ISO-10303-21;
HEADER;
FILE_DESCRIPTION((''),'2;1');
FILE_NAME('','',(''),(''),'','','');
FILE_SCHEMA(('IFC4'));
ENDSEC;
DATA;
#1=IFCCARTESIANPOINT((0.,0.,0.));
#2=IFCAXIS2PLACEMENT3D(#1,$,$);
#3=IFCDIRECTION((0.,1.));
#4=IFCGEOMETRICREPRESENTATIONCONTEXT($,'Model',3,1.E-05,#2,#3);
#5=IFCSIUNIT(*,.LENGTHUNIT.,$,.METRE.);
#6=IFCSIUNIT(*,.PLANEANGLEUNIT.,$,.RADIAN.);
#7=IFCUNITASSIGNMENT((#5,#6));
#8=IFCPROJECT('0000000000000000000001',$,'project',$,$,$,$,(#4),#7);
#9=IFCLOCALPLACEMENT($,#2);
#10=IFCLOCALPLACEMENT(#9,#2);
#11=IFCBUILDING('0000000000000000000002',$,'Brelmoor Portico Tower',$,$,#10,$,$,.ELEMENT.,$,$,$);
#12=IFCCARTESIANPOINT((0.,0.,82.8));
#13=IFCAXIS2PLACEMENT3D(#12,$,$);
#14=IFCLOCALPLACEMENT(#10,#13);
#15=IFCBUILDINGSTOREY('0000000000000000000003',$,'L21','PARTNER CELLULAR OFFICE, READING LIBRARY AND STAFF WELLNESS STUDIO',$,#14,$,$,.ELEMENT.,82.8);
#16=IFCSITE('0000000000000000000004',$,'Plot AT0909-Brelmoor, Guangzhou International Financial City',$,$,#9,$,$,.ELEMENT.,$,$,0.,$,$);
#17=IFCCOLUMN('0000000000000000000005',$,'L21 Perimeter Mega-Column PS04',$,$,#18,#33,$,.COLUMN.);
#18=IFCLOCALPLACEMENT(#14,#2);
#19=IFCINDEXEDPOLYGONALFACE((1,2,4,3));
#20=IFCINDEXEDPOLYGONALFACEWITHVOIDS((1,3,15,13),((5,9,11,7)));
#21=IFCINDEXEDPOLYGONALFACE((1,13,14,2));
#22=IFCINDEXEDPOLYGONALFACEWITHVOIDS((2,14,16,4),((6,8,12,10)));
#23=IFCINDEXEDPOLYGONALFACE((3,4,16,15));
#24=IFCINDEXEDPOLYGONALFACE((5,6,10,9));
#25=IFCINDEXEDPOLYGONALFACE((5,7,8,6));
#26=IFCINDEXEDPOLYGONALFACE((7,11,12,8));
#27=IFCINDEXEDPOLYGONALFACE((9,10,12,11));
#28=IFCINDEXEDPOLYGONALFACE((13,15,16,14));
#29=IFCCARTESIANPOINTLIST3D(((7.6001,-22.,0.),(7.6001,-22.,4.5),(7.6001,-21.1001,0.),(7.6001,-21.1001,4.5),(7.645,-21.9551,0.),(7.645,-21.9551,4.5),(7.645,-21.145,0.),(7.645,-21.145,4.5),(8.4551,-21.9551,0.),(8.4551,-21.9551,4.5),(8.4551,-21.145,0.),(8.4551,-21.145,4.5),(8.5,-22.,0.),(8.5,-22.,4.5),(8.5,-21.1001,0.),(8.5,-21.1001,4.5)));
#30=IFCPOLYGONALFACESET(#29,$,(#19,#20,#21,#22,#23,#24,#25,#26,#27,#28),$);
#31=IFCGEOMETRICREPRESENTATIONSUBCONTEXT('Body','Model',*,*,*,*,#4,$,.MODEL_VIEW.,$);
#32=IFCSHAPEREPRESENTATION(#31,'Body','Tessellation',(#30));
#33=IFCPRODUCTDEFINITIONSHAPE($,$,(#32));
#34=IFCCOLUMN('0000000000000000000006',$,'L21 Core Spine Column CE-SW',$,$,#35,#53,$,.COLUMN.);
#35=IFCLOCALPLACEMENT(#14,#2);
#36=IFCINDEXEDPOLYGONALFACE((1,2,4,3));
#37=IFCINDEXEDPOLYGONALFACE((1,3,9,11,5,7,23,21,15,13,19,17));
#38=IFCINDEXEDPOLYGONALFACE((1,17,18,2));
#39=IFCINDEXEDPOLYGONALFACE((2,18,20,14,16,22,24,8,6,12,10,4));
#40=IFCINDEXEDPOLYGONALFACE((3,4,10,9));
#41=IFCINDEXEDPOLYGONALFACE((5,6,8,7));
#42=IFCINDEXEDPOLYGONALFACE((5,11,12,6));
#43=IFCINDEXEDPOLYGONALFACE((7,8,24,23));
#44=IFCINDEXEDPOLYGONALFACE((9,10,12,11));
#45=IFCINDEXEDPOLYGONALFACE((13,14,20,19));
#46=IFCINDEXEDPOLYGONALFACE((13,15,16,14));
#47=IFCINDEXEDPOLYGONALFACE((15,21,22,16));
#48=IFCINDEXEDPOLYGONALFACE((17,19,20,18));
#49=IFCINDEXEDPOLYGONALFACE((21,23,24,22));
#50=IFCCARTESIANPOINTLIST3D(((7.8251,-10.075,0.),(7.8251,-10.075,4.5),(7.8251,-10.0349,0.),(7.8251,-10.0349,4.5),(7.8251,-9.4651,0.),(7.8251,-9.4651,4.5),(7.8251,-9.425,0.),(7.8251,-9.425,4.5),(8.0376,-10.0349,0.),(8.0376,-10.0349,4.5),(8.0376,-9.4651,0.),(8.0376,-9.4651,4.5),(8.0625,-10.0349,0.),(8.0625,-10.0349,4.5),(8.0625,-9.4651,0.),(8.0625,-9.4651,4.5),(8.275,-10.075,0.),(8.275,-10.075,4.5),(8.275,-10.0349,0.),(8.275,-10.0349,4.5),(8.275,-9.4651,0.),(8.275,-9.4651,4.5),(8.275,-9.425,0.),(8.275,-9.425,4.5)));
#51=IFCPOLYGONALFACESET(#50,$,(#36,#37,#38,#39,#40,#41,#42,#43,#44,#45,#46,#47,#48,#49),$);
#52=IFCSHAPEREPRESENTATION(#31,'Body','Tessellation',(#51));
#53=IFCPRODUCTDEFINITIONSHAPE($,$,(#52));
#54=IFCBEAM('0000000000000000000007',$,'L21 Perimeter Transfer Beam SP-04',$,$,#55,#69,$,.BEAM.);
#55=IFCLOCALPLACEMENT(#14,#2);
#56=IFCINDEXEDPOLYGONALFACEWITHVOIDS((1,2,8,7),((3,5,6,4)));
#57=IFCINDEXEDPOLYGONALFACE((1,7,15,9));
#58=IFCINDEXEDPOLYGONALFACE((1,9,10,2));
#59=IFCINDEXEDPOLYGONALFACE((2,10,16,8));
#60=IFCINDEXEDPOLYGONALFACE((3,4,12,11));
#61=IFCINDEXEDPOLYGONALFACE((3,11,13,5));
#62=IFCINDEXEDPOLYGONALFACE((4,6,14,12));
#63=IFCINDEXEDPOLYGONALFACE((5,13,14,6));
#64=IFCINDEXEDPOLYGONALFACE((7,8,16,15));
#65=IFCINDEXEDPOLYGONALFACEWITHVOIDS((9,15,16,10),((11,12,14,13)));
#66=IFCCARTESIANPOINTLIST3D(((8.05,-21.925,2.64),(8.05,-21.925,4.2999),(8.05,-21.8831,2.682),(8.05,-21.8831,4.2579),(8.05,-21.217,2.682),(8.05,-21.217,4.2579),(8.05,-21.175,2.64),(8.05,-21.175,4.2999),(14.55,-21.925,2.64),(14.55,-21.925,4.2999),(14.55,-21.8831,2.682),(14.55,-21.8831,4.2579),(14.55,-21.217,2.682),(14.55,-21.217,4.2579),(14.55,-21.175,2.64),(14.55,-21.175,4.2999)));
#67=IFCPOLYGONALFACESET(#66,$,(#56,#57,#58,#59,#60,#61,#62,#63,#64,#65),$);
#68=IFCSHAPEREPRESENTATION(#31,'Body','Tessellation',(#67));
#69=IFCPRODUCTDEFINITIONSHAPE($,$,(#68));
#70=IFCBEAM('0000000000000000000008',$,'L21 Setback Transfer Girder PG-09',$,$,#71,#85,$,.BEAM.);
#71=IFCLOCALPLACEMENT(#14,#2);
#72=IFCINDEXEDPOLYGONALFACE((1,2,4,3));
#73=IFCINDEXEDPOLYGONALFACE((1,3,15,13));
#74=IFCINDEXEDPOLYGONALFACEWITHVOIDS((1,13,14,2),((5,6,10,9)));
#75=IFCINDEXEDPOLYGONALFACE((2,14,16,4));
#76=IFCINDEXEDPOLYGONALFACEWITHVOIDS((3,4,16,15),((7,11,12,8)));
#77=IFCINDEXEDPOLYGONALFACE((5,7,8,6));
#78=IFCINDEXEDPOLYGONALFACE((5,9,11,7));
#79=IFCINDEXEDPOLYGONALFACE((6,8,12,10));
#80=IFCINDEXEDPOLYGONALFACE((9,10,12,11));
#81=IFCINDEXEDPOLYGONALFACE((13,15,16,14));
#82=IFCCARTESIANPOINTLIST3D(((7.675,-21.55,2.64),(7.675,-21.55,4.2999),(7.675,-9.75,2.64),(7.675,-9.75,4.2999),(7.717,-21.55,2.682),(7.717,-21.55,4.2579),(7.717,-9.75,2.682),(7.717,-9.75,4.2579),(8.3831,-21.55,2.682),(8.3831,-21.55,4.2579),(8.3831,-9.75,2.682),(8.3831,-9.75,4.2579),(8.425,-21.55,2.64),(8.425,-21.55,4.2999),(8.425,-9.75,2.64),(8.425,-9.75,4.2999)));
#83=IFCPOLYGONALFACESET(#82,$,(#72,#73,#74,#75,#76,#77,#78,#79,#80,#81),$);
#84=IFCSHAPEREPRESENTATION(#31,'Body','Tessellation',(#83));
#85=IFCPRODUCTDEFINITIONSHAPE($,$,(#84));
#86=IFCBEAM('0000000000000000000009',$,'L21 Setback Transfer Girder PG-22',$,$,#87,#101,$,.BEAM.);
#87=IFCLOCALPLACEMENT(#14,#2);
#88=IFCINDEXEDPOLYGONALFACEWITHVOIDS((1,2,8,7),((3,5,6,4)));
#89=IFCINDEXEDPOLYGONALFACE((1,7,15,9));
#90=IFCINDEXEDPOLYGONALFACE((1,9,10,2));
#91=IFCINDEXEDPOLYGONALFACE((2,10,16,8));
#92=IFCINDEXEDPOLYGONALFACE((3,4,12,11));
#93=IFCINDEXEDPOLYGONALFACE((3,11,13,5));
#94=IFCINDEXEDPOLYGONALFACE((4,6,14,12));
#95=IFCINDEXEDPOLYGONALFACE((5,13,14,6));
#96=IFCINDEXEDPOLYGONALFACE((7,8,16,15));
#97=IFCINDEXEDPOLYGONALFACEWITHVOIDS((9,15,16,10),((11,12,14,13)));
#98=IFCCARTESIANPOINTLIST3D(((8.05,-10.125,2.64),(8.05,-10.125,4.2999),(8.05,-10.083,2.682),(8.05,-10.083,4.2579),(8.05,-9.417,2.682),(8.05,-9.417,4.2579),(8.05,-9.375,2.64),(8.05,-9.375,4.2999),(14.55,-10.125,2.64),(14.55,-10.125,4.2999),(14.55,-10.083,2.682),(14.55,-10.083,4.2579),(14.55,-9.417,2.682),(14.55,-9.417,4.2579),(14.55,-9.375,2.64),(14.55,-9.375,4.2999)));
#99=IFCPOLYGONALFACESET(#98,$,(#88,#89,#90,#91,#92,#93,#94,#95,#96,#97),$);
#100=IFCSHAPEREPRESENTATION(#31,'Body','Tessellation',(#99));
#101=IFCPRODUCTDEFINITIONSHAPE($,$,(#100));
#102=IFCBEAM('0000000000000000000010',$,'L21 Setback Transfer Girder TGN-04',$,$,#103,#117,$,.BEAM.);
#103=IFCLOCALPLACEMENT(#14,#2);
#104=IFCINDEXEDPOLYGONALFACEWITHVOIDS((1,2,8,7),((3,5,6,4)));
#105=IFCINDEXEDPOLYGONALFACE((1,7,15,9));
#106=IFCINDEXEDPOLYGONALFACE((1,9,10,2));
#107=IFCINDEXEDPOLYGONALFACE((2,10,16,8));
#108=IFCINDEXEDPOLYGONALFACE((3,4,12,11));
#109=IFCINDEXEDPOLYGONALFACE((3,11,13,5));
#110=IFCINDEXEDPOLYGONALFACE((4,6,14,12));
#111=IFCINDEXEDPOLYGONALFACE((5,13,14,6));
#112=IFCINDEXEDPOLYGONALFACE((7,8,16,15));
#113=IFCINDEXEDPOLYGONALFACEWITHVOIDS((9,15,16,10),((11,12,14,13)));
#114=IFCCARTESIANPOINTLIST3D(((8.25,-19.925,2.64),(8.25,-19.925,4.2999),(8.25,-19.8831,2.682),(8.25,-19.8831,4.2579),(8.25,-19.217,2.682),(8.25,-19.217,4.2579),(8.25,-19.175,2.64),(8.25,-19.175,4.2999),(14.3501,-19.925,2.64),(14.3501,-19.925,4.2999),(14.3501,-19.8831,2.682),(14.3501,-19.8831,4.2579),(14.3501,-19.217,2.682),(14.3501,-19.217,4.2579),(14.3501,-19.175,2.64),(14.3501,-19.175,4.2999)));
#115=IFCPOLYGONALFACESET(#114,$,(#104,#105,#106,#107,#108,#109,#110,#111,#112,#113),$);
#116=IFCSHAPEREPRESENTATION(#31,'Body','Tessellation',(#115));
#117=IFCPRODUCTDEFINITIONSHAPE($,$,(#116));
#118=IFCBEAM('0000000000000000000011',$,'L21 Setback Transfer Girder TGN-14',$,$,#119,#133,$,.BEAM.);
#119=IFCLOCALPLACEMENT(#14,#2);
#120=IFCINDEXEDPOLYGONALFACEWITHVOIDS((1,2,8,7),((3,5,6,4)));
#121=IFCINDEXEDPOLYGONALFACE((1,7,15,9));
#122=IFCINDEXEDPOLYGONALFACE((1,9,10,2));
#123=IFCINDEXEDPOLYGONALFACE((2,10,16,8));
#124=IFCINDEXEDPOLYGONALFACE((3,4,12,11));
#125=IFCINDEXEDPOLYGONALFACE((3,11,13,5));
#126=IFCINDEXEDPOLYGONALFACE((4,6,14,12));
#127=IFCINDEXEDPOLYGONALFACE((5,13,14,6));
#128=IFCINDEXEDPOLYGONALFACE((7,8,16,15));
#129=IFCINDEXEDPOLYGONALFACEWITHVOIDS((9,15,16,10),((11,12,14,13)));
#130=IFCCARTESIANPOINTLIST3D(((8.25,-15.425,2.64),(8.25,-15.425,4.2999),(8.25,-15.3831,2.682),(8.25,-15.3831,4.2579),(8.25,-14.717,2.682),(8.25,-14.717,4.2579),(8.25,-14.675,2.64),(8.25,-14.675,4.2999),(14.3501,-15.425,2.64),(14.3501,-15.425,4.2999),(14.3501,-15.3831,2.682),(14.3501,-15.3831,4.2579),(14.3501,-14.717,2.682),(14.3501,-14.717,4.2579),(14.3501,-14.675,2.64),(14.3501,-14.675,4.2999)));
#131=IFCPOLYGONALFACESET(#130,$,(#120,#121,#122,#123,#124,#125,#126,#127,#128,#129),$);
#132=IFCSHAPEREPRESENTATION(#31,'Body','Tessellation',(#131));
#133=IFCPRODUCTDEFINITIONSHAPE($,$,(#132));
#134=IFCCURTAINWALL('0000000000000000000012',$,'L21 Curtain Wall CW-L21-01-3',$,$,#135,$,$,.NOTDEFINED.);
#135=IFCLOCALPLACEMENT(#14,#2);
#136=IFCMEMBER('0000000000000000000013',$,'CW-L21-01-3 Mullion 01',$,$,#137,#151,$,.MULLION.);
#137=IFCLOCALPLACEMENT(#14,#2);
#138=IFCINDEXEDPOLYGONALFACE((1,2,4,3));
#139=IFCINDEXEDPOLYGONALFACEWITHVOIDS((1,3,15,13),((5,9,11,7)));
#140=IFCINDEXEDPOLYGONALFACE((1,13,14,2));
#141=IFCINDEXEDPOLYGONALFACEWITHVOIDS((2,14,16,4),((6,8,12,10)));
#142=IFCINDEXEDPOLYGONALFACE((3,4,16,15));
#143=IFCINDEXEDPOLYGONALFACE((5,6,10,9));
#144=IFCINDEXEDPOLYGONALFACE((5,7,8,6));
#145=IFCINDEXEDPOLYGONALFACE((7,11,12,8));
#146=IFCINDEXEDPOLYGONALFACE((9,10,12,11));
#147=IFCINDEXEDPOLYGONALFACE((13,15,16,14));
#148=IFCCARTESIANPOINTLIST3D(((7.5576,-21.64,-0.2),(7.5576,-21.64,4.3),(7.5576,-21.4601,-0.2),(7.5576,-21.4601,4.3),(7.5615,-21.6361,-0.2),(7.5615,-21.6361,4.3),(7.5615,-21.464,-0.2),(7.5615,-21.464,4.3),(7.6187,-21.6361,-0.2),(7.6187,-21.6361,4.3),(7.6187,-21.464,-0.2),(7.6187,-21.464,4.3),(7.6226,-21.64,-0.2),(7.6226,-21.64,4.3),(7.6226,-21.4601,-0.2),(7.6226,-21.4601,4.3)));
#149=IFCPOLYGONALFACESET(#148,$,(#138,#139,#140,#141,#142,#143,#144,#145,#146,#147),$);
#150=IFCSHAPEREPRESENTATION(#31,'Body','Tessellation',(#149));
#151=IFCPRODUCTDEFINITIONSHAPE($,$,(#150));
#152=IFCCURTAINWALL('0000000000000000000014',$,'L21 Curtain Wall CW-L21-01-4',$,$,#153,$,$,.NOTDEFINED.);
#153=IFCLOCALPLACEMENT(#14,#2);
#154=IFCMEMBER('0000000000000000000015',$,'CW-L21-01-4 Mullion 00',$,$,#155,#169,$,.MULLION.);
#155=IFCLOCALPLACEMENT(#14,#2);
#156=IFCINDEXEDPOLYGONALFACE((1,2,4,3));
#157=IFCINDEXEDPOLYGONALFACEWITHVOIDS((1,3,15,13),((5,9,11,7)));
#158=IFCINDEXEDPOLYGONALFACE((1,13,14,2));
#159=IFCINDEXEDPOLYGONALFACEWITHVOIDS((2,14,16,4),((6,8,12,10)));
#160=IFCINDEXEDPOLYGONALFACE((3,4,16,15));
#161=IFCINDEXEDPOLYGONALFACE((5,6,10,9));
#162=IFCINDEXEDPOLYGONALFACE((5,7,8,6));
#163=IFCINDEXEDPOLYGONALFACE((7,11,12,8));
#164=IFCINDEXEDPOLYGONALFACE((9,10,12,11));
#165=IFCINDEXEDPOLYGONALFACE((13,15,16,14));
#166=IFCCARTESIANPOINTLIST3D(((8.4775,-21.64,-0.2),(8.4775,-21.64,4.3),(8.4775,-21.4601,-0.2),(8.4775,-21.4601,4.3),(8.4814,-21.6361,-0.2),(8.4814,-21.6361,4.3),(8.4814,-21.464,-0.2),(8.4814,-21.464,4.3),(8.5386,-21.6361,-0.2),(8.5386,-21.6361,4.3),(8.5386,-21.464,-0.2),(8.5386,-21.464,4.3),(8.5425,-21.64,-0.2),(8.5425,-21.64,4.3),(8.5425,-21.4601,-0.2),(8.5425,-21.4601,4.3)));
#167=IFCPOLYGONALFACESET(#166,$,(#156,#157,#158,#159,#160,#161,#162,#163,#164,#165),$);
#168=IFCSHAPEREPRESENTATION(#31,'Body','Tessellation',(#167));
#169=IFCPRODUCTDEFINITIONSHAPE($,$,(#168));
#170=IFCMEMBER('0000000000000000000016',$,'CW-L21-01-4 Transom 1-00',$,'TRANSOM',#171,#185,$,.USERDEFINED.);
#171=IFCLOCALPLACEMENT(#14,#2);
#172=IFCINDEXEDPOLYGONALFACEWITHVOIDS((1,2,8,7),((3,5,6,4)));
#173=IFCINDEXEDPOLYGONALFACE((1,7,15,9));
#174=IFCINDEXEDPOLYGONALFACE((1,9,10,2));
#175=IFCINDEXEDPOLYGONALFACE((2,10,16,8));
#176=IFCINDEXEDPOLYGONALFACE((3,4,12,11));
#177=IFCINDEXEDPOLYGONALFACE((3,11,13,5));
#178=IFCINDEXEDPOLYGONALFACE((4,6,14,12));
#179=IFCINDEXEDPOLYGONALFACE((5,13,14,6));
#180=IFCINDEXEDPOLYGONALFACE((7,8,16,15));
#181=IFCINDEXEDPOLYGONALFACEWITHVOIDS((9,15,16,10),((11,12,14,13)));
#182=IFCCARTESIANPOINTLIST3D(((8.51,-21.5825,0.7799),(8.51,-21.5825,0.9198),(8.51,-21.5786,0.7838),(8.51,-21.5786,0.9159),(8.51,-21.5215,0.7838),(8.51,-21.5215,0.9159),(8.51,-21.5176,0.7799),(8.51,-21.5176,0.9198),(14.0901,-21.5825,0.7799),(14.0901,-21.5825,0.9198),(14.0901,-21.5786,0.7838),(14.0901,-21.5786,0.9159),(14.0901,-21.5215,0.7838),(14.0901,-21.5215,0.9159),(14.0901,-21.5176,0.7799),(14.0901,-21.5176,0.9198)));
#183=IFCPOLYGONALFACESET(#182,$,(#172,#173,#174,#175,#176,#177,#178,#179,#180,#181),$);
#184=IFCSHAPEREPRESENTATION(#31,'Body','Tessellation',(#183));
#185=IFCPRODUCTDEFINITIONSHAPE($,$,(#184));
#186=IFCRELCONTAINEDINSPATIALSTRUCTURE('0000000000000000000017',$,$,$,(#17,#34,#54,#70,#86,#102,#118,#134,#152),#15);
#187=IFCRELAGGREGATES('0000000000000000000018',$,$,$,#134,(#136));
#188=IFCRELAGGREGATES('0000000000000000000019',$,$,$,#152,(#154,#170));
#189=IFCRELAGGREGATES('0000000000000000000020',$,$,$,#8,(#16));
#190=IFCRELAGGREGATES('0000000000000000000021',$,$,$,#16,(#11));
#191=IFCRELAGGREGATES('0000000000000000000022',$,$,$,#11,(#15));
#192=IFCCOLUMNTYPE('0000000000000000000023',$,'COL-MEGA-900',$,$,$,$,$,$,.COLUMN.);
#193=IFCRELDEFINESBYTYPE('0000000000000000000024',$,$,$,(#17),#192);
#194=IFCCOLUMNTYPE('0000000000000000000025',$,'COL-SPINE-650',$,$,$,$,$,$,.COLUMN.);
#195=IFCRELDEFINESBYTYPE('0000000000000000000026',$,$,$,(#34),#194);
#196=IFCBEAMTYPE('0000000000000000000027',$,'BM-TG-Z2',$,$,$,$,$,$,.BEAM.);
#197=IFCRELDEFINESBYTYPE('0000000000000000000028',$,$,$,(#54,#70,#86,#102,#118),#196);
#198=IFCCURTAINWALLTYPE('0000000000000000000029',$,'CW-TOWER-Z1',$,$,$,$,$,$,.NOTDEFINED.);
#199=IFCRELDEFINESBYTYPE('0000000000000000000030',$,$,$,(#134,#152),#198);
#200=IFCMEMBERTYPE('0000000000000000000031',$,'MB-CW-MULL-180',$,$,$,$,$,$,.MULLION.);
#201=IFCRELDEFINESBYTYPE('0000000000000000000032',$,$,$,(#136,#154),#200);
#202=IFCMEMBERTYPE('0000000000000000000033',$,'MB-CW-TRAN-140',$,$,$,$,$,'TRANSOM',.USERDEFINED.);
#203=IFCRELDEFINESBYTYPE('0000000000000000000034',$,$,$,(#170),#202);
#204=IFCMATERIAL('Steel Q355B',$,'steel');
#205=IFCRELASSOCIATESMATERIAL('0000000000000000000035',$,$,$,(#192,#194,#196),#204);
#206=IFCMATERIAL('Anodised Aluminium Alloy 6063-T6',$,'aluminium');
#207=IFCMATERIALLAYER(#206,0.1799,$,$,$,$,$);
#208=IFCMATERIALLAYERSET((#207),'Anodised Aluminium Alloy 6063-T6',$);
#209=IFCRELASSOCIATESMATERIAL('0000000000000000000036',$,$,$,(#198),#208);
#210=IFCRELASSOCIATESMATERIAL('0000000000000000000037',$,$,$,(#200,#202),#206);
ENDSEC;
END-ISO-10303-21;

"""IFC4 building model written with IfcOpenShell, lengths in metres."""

from ifc_helpers import new_model, si_unit, direction, frame, origin, origin_2d, place, context, subcontext, project, spatial, hollow_rectangle, i_section, extrude, material, layer, layer_set, material_profile, profile_set, type_object, element, aggregate, save


model = new_model("IFC4")

# Units and contexts
model_context = context("Model", 3, precision=1e-05, world=origin(), true_north=direction((0.0, 1.0)))
body_context = subcontext(model_context, "Body", "Model", "MODEL_VIEW")
ifc_project = project(units=[si_unit("LENGTHUNIT", "METRE"), si_unit("PLANEANGLEUNIT", "RADIAN")], contexts=[model_context])

# Site, building, storey
site_placement = place(None, origin())
site = spatial("IfcSite", under=ifc_project, at=site_placement, Name="Plot AT0909-Brelmoor, Guangzhou International Financial City", CompositionType="ELEMENT", RefElevation=0.0)
building_placement = place(site_placement, origin())
building = spatial("IfcBuilding", under=site, at=building_placement, Name="Brelmoor Portico Tower", CompositionType="ELEMENT")
storey_placement = place(building_placement, frame((0.0, 0.0, 82.8)))
storey = spatial("IfcBuildingStorey", under=building, at=storey_placement, Name="L21", Description="PARTNER CELLULAR OFFICE, READING LIBRARY AND STAFF WELLNESS STUDIO", CompositionType="ELEMENT", Elevation=82.8)

# Columns
ifc_material_1 = material(Name="Steel Q355B", Category="steel")
ifc_material_profile_1 = material_profile(ifc_material_1, hollow_rectangle(XDim=0.8999, YDim=0.8999, WallThickness=0.0449, at=origin_2d()), Name="BOX 900x900x45")
ifc_profile_set_1 = profile_set([ifc_material_profile_1], Name="Steel Q355B")
column_type_1 = type_object("IfcColumnType", Name="COL-MEGA-900", PredefinedType="COLUMN", material=ifc_profile_set_1)
column_1_placement = place(storey_placement, frame((8.05, -21.55, 0.0), z_axis=(0.0, 0.0, 1.0), x_axis=(1.0, 0.0, 0.0)))
element("IfcColumn", 1, at=column_1_placement, inside=storey, type_object=column_type_1, Name="L21 Perimeter Mega-Column PS04", PredefinedType="COLUMN", context=body_context, shape_type="SweptSolid", body=[
    extrude(hollow_rectangle(XDim=0.8999, YDim=0.8999, WallThickness=0.0449, at=origin_2d()), origin(), (0.0, 0.0, 1.0), 4.5),
])
ifc_material_profile_2 = material_profile(ifc_material_1, i_section(OverallWidth=0.45, OverallDepth=0.6499, WebThickness=0.0249, FlangeThickness=0.04, at=origin_2d()), Name="HW 650x450x25x40")
ifc_profile_set_2 = profile_set([ifc_material_profile_2], Name="Steel Q355B")
column_type_2 = type_object("IfcColumnType", Name="COL-SPINE-650", PredefinedType="COLUMN", material=ifc_profile_set_2)
column_2_placement = place(storey_placement, frame((8.05, -9.75, 0.0), z_axis=(0.0, 0.0, 1.0), x_axis=(1.0, 0.0, 0.0)))
element("IfcColumn", 2, at=column_2_placement, inside=storey, type_object=column_type_2, Name="L21 Core Spine Column CE-SW", PredefinedType="COLUMN", context=body_context, shape_type="SweptSolid", body=[
    extrude(i_section(OverallWidth=0.45, OverallDepth=0.6499, WebThickness=0.0249, FlangeThickness=0.04, at=origin_2d()), origin(), (0.0, 0.0, 1.0), 4.5),
])

# Beams
ifc_material_profile_3 = material_profile(ifc_material_1, hollow_rectangle(XDim=0.75, YDim=1.6599, WallThickness=0.042, at=origin_2d()), Name="BOX 750x1660x42")
ifc_profile_set_3 = profile_set([ifc_material_profile_3], Name="Steel Q355B")
beam_type = type_object("IfcBeamType", Name="BM-TG-Z2", PredefinedType="BEAM", material=ifc_profile_set_3)
beam_1_placement = place(storey_placement, frame((8.05, -21.55, 3.47), z_axis=(1.0, 0.0, 0.0), x_axis=(0.0, 1.0, 0.0)))
element("IfcBeam", 3, at=beam_1_placement, inside=storey, type_object=beam_type, Name="L21 Perimeter Transfer Beam SP-04", PredefinedType="BEAM", context=body_context, shape_type="SweptSolid", body=[
    extrude(hollow_rectangle(XDim=0.75, YDim=1.6599, WallThickness=0.042, at=origin_2d()), origin(), (0.0, 0.0, 1.0), 6.5),
])
beam_2_placement = place(storey_placement, frame((8.05, -21.55, 3.47), z_axis=(0.0, 1.0, 0.0), x_axis=(-1.0, 0.0, 0.0)))
element("IfcBeam", 4, at=beam_2_placement, inside=storey, type_object=beam_type, Name="L21 Setback Transfer Girder PG-09", PredefinedType="BEAM", context=body_context, shape_type="SweptSolid", body=[
    extrude(hollow_rectangle(XDim=0.75, YDim=1.6599, WallThickness=0.042, at=origin_2d()), origin(), (0.0, 0.0, 1.0), 11.8),
])
beam_3_placement = place(storey_placement, frame((8.05, -9.75, 3.47), z_axis=(1.0, 0.0, 0.0), x_axis=(0.0, 1.0, 0.0)))
element("IfcBeam", 5, at=beam_3_placement, inside=storey, type_object=beam_type, Name="L21 Setback Transfer Girder PG-22", PredefinedType="BEAM", context=body_context, shape_type="SweptSolid", body=[
    extrude(hollow_rectangle(XDim=0.75, YDim=1.6599, WallThickness=0.042, at=origin_2d()), origin(), (0.0, 0.0, 1.0), 6.5),
])
for number, where, z_axis, x_axis, name in (
    (6, (8.25, -19.55, 3.47), (1.0, 0.0, 0.0), (0.0, 1.0, 0.0), "L21 Setback Transfer Girder TGN-04"),
    (7, (8.25, -15.05, 3.47), (1.0, 0.0, 0.0), (0.0, 1.0, 0.0), "L21 Setback Transfer Girder TGN-14"),
):
    element("IfcBeam", number, at=place(storey_placement, frame(where, z_axis=z_axis, x_axis=x_axis)), inside=storey, type_object=beam_type, Name=name, PredefinedType="BEAM", context=body_context, shape_type="SweptSolid", body=[
        extrude(hollow_rectangle(XDim=0.75, YDim=1.6599, WallThickness=0.042, at=origin_2d()), origin(), (0.0, 0.0, 1.0), 6.1001),
    ])

# Curtain wall, member
ifc_material_2 = material(Name="Anodised Aluminium Alloy 6063-T6", Category="aluminium")
ifc_layer_1 = layer(ifc_material_2, 0.1799)
ifc_layer_set_1 = layer_set([ifc_layer_1], Name="Anodised Aluminium Alloy 6063-T6")
curtain_wall_type = type_object("IfcCurtainWallType", Name="CW-TOWER-Z1", PredefinedType="NOTDEFINED", material=ifc_layer_set_1)
curtain_wall_1_placement = place(storey_placement, origin())
curtain_wall_1 = element("IfcCurtainWall", 8, at=curtain_wall_1_placement, inside=storey, type_object=curtain_wall_type, Name="L21 Curtain Wall CW-L21-01-3", PredefinedType="NOTDEFINED")
ifc_material_profile_4 = material_profile(ifc_material_2, hollow_rectangle(XDim=0.0649, YDim=0.1799, WallThickness=0.0039, at=origin_2d()), Name="ALU MULLION 65x180")
ifc_profile_set_4 = profile_set([ifc_material_profile_4], Name="Anodised Aluminium Alloy 6063-T6")
member_type_1 = type_object("IfcMemberType", Name="MB-CW-MULL-180", PredefinedType="MULLION", material=ifc_profile_set_4)
member_1_placement = place(storey_placement, frame((7.5901, -21.55, -0.2), z_axis=(0.0, 0.0, 1.0), x_axis=(1.0, 0.0, 0.0)))
member_1 = element("IfcMember", 9, at=member_1_placement, type_object=member_type_1, Name="CW-L21-01-3 Mullion 01", PredefinedType="MULLION", context=body_context, shape_type="SweptSolid", body=[
    extrude(hollow_rectangle(XDim=0.0649, YDim=0.1799, WallThickness=0.0039, at=origin_2d()), origin(), (0.0, 0.0, 1.0), 4.5),
])

# Curtain wall, members
curtain_wall_2_placement = place(storey_placement, origin())
curtain_wall_2 = element("IfcCurtainWall", 10, at=curtain_wall_2_placement, inside=storey, type_object=curtain_wall_type, Name="L21 Curtain Wall CW-L21-01-4", PredefinedType="NOTDEFINED")
member_2_placement = place(storey_placement, frame((8.51, -21.55, -0.2), z_axis=(0.0, 0.0, 1.0), x_axis=(1.0, 0.0, 0.0)))
member_2 = element("IfcMember", 11, at=member_2_placement, type_object=member_type_1, Name="CW-L21-01-4 Mullion 00", PredefinedType="MULLION", context=body_context, shape_type="SweptSolid", body=[
    extrude(hollow_rectangle(XDim=0.0649, YDim=0.1799, WallThickness=0.0039, at=origin_2d()), origin(), (0.0, 0.0, 1.0), 4.5),
])
ifc_material_profile_5 = material_profile(ifc_material_2, hollow_rectangle(XDim=0.0649, YDim=0.1399, WallThickness=0.0039, at=origin_2d()), Name="ALU TRANSOM 65x140")
ifc_profile_set_5 = profile_set([ifc_material_profile_5], Name="Anodised Aluminium Alloy 6063-T6")
member_type_2 = type_object("IfcMemberType", Name="MB-CW-TRAN-140", ElementType="TRANSOM", PredefinedType="USERDEFINED", material=ifc_profile_set_5)
member_3_placement = place(storey_placement, frame((8.51, -21.55, 0.8499), z_axis=(1.0, 0.0, 0.0), x_axis=(0.0, 1.0, 0.0)))
member_3 = element("IfcMember", 12, at=member_3_placement, type_object=member_type_2, Name="CW-L21-01-4 Transom 1-00", ObjectType="TRANSOM", PredefinedType="USERDEFINED", context=body_context, shape_type="SweptSolid", body=[
    extrude(hollow_rectangle(XDim=0.0649, YDim=0.1399, WallThickness=0.0039, at=origin_2d()), origin(), (0.0, 0.0, 1.0), 5.5801),
])

aggregate(curtain_wall_1, [member_1])
aggregate(curtain_wall_2, [member_2, member_3])

save(model, "model.ifc")
